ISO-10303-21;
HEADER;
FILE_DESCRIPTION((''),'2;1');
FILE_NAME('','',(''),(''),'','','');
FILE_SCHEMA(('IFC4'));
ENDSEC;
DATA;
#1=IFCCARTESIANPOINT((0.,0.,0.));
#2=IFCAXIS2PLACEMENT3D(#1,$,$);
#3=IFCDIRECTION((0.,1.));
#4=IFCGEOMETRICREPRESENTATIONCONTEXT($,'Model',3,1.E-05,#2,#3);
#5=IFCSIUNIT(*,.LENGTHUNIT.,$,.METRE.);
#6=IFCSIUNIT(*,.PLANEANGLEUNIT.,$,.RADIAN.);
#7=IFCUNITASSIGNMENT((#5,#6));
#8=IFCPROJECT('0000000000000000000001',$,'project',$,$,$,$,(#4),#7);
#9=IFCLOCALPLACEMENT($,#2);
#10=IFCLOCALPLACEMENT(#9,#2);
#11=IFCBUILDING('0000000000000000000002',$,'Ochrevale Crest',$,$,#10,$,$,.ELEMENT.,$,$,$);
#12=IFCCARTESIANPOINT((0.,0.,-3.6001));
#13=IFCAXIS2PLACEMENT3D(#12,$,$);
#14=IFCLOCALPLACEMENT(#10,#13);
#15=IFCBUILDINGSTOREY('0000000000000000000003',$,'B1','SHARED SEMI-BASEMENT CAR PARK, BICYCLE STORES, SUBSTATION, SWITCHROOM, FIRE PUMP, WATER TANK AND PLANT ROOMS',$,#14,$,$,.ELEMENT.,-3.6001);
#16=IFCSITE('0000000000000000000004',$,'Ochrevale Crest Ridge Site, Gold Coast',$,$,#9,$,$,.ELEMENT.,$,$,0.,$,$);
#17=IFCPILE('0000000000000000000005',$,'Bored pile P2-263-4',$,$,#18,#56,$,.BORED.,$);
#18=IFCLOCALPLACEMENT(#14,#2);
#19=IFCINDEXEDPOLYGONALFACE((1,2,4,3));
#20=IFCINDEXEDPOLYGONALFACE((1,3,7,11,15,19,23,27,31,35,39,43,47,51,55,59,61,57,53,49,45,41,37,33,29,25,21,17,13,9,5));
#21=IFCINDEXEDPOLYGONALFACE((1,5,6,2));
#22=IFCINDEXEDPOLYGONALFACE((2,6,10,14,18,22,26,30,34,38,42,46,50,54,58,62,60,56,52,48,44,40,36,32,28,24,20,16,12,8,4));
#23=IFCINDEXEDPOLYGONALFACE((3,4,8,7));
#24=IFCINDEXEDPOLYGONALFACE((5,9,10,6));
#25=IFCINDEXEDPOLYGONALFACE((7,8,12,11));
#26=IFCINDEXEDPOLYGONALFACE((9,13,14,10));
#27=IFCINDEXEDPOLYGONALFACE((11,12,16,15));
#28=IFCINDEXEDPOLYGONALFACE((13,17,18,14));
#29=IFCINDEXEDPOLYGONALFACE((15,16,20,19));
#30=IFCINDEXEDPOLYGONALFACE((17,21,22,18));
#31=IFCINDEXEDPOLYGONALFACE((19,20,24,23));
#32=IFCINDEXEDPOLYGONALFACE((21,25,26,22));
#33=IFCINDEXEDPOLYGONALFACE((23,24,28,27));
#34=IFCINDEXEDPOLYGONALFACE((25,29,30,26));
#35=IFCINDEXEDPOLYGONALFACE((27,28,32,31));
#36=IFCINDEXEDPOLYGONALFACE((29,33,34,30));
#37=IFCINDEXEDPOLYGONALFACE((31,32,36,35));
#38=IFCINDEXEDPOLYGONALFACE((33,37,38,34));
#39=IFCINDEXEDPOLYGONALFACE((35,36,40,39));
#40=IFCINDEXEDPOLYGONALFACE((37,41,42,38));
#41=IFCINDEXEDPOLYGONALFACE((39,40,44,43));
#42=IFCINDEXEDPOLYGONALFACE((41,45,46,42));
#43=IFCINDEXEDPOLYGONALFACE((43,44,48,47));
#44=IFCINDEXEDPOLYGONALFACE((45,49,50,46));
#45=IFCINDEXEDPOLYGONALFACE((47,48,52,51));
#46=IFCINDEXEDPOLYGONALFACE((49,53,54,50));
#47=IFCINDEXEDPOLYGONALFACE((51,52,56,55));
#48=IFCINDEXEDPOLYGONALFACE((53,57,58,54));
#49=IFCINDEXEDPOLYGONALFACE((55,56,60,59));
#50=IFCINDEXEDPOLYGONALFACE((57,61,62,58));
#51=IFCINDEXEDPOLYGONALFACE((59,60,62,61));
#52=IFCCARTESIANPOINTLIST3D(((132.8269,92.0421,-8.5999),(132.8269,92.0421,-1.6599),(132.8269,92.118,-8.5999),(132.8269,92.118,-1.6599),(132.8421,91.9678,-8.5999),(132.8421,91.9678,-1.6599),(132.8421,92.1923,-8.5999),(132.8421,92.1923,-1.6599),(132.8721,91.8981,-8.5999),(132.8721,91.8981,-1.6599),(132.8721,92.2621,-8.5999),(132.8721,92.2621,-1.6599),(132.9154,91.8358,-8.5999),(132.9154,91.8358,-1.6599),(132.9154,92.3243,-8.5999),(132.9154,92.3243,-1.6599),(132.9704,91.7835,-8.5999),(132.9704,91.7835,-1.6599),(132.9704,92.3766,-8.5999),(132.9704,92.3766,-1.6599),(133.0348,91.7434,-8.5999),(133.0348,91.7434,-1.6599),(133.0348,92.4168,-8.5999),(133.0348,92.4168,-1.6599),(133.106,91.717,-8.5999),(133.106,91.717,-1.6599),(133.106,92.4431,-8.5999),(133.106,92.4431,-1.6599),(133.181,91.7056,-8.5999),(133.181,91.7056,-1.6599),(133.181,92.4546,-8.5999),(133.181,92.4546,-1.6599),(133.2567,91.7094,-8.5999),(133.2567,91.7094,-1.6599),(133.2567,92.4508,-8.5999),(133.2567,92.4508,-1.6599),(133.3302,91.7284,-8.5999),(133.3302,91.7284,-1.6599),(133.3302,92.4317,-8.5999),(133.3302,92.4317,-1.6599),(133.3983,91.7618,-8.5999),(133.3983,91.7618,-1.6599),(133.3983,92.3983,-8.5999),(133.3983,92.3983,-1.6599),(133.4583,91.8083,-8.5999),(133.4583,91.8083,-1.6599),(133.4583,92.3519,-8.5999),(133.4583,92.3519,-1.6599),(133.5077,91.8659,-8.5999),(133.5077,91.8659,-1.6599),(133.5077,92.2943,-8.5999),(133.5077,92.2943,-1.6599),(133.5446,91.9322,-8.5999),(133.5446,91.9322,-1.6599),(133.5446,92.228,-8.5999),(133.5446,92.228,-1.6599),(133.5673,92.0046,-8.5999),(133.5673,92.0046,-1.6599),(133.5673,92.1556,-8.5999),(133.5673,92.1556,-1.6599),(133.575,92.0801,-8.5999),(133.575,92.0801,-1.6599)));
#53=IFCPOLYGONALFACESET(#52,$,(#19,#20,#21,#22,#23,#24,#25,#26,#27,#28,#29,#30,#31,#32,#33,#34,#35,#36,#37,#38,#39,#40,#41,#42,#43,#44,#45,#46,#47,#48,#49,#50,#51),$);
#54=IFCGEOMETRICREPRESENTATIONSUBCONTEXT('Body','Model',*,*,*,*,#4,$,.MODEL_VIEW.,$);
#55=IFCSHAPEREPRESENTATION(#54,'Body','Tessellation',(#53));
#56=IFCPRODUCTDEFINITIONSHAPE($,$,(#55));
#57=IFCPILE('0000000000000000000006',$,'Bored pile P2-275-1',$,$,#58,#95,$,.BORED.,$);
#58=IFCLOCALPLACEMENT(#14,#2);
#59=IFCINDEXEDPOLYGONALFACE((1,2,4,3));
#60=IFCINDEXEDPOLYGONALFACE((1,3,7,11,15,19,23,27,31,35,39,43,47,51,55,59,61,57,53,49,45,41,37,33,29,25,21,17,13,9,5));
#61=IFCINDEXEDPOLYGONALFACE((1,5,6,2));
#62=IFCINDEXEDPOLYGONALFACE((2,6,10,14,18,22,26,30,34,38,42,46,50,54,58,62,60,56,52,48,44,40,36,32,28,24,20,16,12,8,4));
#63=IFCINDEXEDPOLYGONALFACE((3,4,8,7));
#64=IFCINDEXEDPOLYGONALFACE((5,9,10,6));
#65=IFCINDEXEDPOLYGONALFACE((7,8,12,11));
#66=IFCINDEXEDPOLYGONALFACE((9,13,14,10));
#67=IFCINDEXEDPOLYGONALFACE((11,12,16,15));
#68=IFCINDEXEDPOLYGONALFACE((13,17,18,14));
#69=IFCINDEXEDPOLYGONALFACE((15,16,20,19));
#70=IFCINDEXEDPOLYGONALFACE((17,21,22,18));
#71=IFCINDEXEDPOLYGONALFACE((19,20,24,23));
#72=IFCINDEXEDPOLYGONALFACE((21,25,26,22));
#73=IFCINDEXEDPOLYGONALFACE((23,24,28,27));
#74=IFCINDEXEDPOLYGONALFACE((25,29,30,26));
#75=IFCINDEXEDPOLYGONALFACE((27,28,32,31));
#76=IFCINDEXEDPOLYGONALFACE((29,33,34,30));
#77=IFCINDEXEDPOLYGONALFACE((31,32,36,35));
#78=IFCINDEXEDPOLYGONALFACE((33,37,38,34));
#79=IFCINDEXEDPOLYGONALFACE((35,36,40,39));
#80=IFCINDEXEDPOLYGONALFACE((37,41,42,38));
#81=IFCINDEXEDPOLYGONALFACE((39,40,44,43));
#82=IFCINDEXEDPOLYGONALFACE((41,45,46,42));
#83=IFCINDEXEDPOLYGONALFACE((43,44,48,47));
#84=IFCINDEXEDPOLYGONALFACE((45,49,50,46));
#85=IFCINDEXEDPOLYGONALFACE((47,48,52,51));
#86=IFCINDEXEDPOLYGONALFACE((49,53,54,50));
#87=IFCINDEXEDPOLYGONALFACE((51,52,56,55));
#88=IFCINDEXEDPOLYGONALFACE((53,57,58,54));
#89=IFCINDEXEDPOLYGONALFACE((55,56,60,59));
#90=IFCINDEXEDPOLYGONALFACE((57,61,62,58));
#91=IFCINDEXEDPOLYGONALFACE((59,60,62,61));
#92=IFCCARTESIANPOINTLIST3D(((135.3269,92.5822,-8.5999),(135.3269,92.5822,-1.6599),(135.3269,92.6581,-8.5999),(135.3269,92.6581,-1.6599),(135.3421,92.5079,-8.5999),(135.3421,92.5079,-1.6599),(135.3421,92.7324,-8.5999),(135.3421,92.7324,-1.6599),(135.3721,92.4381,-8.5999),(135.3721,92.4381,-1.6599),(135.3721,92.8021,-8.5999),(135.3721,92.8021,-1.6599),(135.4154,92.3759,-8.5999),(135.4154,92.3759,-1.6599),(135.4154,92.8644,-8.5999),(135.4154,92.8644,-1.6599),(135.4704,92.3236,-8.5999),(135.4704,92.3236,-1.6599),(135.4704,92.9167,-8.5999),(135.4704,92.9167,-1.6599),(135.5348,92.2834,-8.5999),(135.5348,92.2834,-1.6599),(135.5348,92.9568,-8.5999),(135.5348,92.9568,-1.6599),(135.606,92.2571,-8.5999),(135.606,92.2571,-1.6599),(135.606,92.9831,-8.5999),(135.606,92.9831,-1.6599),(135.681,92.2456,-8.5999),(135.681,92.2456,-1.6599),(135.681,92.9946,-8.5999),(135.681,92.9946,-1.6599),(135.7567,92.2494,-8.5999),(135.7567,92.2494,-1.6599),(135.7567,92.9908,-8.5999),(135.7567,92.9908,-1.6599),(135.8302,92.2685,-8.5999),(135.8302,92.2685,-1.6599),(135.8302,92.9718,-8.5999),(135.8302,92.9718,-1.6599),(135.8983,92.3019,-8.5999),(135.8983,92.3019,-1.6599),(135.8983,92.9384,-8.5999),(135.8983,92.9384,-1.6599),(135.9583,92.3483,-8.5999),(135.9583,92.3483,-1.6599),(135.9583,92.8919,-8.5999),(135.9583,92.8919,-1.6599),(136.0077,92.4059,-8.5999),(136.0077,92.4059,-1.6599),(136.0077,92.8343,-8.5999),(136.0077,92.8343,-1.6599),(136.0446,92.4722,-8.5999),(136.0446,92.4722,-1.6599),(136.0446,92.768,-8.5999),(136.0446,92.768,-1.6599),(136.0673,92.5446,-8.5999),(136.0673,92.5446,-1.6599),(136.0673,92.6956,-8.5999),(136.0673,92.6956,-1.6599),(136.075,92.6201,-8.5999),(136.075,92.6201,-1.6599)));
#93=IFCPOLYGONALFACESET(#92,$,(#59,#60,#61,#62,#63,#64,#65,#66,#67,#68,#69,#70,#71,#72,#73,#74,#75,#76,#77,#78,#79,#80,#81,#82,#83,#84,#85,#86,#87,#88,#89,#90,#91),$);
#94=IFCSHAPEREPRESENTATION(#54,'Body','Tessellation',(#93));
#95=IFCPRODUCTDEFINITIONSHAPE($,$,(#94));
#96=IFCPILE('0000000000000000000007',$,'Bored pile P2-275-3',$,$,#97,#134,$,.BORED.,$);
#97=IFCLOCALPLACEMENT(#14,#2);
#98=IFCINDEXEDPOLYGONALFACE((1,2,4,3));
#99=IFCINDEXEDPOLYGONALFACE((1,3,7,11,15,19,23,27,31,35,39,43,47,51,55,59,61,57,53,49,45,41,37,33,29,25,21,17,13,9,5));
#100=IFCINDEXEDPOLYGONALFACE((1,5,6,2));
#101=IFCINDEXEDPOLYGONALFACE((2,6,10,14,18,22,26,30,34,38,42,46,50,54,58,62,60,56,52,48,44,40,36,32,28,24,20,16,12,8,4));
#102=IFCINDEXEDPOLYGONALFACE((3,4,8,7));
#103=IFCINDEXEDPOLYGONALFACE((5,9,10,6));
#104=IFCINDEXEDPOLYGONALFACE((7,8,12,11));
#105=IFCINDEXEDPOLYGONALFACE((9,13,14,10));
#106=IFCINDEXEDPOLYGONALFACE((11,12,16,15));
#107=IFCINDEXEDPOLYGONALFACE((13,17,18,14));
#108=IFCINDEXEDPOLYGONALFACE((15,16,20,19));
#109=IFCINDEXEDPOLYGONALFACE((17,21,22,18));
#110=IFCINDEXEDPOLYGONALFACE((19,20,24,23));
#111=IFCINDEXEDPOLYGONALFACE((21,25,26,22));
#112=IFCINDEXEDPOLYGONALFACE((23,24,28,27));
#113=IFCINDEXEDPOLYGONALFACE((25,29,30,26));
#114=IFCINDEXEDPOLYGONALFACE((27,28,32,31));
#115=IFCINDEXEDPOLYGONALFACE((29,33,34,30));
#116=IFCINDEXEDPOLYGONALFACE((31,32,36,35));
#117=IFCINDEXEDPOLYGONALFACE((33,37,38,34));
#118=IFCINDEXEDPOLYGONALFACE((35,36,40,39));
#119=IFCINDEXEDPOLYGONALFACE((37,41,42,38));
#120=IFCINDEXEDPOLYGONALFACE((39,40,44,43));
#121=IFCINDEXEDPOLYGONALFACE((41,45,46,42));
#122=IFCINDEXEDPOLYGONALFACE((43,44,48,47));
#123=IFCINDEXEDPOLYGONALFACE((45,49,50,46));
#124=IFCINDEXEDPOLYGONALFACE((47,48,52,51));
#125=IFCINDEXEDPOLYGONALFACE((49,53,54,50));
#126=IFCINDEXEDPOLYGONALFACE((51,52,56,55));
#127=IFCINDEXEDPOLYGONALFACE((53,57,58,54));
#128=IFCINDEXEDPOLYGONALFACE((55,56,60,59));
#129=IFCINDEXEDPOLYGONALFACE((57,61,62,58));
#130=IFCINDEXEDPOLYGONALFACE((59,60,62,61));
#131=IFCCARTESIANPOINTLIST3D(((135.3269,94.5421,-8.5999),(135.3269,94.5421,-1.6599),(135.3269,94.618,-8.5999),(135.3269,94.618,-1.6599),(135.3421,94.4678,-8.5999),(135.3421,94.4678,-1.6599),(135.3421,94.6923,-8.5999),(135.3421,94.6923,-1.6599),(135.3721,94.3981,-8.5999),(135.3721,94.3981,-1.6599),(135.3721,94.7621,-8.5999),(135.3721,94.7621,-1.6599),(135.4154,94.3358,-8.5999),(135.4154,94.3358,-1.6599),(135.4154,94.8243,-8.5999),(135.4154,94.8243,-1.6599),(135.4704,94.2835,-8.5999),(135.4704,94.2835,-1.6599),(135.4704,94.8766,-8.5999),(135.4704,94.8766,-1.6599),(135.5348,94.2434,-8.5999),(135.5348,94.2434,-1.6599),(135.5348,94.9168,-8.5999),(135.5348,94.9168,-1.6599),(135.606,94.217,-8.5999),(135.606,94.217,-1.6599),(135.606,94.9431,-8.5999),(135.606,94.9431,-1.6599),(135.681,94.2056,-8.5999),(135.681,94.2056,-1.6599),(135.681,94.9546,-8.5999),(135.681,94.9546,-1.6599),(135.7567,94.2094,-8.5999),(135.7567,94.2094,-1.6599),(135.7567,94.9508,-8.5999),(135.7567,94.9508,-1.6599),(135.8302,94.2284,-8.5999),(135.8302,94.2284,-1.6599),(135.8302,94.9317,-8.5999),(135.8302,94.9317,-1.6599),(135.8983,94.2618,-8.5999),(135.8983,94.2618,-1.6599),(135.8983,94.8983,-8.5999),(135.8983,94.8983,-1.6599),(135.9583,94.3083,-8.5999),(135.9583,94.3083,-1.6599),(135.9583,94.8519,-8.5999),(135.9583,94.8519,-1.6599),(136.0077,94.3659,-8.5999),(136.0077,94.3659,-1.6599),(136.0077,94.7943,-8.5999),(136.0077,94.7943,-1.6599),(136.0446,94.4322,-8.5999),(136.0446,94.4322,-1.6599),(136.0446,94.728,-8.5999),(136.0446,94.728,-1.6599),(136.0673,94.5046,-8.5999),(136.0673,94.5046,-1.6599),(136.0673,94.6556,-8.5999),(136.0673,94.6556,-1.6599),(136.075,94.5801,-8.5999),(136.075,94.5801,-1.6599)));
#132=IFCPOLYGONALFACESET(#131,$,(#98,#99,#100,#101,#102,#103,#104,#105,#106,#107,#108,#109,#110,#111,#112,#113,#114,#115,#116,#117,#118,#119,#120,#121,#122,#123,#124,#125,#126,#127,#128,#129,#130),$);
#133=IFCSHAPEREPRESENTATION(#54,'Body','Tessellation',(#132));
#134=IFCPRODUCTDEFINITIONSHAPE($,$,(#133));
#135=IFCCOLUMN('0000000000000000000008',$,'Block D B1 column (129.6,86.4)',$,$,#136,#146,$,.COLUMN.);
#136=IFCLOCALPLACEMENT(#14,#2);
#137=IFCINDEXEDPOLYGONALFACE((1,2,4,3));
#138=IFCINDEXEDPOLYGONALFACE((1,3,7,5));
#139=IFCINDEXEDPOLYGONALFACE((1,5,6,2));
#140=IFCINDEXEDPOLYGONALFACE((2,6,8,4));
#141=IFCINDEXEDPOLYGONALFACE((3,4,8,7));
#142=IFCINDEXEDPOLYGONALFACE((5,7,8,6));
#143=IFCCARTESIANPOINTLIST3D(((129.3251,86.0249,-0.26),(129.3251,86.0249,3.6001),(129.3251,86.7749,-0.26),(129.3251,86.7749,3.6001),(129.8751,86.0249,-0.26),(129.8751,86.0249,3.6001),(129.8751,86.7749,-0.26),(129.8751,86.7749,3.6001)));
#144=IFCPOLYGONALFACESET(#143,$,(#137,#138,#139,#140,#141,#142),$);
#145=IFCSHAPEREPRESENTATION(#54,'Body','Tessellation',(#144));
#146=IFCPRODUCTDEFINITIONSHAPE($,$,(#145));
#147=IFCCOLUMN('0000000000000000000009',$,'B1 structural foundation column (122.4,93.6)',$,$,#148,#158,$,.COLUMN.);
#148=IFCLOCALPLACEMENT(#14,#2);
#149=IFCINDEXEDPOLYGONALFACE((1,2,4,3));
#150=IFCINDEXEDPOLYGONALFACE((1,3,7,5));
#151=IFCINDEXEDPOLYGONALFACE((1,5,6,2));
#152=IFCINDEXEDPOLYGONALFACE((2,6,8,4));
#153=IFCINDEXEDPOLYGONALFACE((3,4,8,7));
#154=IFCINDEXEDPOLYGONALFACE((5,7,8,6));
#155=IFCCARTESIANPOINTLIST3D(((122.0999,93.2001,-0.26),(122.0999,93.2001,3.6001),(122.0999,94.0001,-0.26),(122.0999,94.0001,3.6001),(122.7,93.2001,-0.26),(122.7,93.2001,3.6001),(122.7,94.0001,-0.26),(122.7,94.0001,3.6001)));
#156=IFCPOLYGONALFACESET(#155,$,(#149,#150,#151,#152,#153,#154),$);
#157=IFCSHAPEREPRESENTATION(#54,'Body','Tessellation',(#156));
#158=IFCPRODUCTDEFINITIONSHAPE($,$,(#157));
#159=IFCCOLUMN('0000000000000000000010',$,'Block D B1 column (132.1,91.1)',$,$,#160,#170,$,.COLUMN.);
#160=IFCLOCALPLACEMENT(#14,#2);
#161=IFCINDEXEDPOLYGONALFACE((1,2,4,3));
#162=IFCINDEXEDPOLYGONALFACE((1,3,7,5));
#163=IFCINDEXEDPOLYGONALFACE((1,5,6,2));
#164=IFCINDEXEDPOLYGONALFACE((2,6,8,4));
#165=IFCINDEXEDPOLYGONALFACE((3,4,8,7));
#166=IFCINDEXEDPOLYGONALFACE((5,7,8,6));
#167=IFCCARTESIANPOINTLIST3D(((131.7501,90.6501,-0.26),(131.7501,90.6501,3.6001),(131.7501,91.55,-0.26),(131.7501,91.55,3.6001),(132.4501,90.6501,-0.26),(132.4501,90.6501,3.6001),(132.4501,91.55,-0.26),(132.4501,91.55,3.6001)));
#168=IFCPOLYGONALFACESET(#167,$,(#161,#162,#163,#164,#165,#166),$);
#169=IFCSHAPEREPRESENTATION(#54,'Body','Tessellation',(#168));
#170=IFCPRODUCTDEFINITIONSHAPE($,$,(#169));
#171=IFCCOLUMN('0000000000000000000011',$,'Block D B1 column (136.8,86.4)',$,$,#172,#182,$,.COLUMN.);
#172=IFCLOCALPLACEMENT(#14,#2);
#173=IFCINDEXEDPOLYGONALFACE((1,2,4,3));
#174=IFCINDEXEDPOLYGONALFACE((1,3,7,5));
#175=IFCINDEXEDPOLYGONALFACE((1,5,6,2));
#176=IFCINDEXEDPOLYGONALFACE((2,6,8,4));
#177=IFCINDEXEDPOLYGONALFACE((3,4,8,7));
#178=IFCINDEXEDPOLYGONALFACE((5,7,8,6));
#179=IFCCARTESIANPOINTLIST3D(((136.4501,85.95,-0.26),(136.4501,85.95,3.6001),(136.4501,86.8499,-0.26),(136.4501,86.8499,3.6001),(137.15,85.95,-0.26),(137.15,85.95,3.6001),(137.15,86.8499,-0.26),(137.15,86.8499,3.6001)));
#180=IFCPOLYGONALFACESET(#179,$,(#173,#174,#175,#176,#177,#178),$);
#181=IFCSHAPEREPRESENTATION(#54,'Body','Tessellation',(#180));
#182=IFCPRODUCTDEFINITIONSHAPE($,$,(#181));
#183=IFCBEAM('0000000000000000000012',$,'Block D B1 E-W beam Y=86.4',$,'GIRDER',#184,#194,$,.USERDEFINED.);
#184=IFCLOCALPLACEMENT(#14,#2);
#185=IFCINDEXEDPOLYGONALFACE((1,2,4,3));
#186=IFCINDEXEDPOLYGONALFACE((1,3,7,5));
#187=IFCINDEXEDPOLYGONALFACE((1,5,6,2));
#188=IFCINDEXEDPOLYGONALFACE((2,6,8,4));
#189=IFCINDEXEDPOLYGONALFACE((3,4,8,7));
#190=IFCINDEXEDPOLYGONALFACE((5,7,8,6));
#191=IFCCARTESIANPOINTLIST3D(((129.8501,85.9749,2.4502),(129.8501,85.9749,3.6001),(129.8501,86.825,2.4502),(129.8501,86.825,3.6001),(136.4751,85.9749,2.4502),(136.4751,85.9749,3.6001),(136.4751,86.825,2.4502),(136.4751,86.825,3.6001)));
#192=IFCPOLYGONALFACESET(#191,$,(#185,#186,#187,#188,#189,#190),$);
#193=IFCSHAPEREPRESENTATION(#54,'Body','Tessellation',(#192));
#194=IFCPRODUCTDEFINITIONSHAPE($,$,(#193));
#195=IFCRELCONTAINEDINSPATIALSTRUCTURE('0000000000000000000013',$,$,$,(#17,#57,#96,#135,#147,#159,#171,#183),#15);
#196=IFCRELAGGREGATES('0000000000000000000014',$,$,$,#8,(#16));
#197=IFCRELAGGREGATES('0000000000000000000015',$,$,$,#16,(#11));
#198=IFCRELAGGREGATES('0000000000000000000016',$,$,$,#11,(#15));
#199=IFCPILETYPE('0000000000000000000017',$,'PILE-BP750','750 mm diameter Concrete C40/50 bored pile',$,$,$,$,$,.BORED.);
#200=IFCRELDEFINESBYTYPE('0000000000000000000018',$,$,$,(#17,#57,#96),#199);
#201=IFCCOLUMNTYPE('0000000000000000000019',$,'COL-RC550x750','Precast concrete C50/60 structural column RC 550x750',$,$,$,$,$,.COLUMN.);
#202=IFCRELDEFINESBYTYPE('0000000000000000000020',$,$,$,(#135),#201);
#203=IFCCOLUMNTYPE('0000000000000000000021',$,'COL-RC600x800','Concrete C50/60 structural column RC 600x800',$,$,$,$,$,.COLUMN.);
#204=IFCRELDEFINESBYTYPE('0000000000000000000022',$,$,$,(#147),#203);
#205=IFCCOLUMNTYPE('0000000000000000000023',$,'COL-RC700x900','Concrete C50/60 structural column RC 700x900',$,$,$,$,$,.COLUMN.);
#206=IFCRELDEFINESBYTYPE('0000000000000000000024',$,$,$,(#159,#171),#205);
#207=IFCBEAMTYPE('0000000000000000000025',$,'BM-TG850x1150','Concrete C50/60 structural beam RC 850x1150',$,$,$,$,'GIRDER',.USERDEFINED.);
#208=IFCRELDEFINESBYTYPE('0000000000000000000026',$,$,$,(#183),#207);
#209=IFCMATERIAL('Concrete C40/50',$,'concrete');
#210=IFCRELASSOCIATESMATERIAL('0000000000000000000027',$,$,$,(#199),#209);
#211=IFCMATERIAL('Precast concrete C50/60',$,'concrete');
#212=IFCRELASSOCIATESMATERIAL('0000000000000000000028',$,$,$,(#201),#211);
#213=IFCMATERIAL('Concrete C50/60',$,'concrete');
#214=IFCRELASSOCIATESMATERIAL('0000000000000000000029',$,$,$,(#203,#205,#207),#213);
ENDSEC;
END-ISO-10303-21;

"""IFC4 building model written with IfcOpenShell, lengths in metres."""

from ifc_helpers import new_model, si_unit, direction, frame, origin, origin_2d, place, context, subcontext, project, spatial, rectangle, circle, extrude, material, material_profile, profile_set, type_object, element, save


model = new_model("IFC4")

# Units and contexts
model_context = context("Model", 3, precision=1e-05, world=origin(), true_north=direction((0.0, 1.0)))
body_context = subcontext(model_context, "Body", "Model", "MODEL_VIEW")
ifc_project = project(units=[si_unit("LENGTHUNIT", "METRE"), si_unit("PLANEANGLEUNIT", "RADIAN")], contexts=[model_context])

# Site, building, storey
site_placement = place(None, origin())
site = spatial("IfcSite", under=ifc_project, at=site_placement, Name="Ochrevale Crest Ridge Site, Gold Coast", CompositionType="ELEMENT", RefElevation=0.0)
building_placement = place(site_placement, origin())
building = spatial("IfcBuilding", under=site, at=building_placement, Name="Ochrevale Crest", CompositionType="ELEMENT")
storey_placement = place(building_placement, frame((0.0, 0.0, -3.6001)))
storey = spatial("IfcBuildingStorey", under=building, at=storey_placement, Name="B1", Description="SHARED SEMI-BASEMENT CAR PARK, BICYCLE STORES, SUBSTATION, SWITCHROOM, FIRE PUMP, WATER TANK AND PLANT ROOMS", CompositionType="ELEMENT", Elevation=-3.6001)

# Shared definitions
ifc_material_1 = material(Name="Concrete C40/50", Category="concrete")

# Piles
ifc_material_profile_1 = material_profile(ifc_material_1, circle(Radius=0.375, at=origin_2d()), Name="BORED PILE 750")
ifc_profile_set_1 = profile_set([ifc_material_profile_1], Name="Concrete C40/50")
pile_type_1 = type_object("IfcPileType", Name="PILE-BP750", Description="750 mm diameter Concrete C40/50 bored pile", PredefinedType="BORED", material=ifc_profile_set_1)
for number, where, z_axis, x_axis, name in (
    (1, (133.2, 92.0801, -1.6599), (0.0, 0.0, -1.0), (1.0, 0.0, 0.0), "Bored pile P2-263-4"),
    (2, (135.7, 92.6201, -1.6599), (0.0, 0.0, -1.0), (1.0, 0.0, 0.0), "Bored pile P2-275-1"),
    (3, (135.7, 94.5801, -1.6599), (0.0, 0.0, -1.0), (1.0, 0.0, 0.0), "Bored pile P2-275-3"),
):
    element("IfcPile", number, at=place(storey_placement, frame(where, z_axis=z_axis, x_axis=x_axis)), inside=storey, type_object=pile_type_1, Name=name, PredefinedType="BORED", context=body_context, shape_type="SweptSolid", body=[
        extrude(circle(Radius=0.375, at=origin_2d()), origin(), (0.0, 0.0, 1.0), 6.9399),
    ])

# Columns
ifc_material_2 = material(Name="Precast concrete C50/60", Category="concrete")
ifc_material_profile_2 = material_profile(ifc_material_2, rectangle(XDim=0.55, YDim=0.75, at=origin_2d()), Name="RC 550x750")
ifc_profile_set_2 = profile_set([ifc_material_profile_2], Name="Precast concrete C50/60")
column_type_1 = type_object("IfcColumnType", Name="COL-RC550x750", Description="Precast concrete C50/60 structural column RC 550x750", PredefinedType="COLUMN", material=ifc_profile_set_2)
column_1_placement = place(storey_placement, frame((129.6001, 86.3999, -0.26), z_axis=(0.0, 0.0, 1.0), x_axis=(1.0, 0.0, 0.0)))
element("IfcColumn", 4, at=column_1_placement, inside=storey, type_object=column_type_1, Name="Block D B1 column (129.6,86.4)", PredefinedType="COLUMN", context=body_context, shape_type="SweptSolid", body=[
    extrude(rectangle(XDim=0.55, YDim=0.75, at=origin_2d()), origin(), (0.0, 0.0, 1.0), 3.8601),
])
ifc_material_3 = material(Name="Concrete C50/60", Category="concrete")
ifc_material_profile_3 = material_profile(ifc_material_3, rectangle(XDim=0.6001, YDim=0.8, at=origin_2d()), Name="RC 600x800")
ifc_profile_set_3 = profile_set([ifc_material_profile_3], Name="Concrete C50/60")
column_type_2 = type_object("IfcColumnType", Name="COL-RC600x800", Description="Concrete C50/60 structural column RC 600x800", PredefinedType="COLUMN", material=ifc_profile_set_3)
column_2_placement = place(storey_placement, frame((122.3999, 93.6001, -0.26), z_axis=(0.0, 0.0, 1.0), x_axis=(1.0, 0.0, 0.0)))
element("IfcColumn", 5, at=column_2_placement, inside=storey, type_object=column_type_2, Name="B1 structural foundation column (122.4,93.6)", PredefinedType="COLUMN", context=body_context, shape_type="SweptSolid", body=[
    extrude(rectangle(XDim=0.6001, YDim=0.8, at=origin_2d()), origin(), (0.0, 0.0, 1.0), 3.8601),
])
ifc_material_profile_4 = material_profile(ifc_material_3, rectangle(XDim=0.7, YDim=0.8999, at=origin_2d()), Name="RC 700x900")
ifc_profile_set_4 = profile_set([ifc_material_profile_4], Name="Concrete C50/60")
column_type_3 = type_object("IfcColumnType", Name="COL-RC700x900", Description="Concrete C50/60 structural column RC 700x900", PredefinedType="COLUMN", material=ifc_profile_set_4)
for number, where, z_axis, x_axis, name in (
    (6, (132.1001, 91.1001, -0.26), (0.0, 0.0, 1.0), (1.0, 0.0, 0.0), "Block D B1 column (132.1,91.1)"),
    (7, (136.8, 86.3999, -0.26), (0.0, 0.0, 1.0), (1.0, 0.0, 0.0), "Block D B1 column (136.8,86.4)"),
):
    element("IfcColumn", number, at=place(storey_placement, frame(where, z_axis=z_axis, x_axis=x_axis)), inside=storey, type_object=column_type_3, Name=name, PredefinedType="COLUMN", context=body_context, shape_type="SweptSolid", body=[
        extrude(rectangle(XDim=0.7, YDim=0.8999, at=origin_2d()), origin(), (0.0, 0.0, 1.0), 3.8601),
    ])

# Beam
ifc_material_profile_5 = material_profile(ifc_material_3, rectangle(XDim=0.8501, YDim=1.1499, at=origin_2d()), Name="RC 850x1150")
ifc_profile_set_5 = profile_set([ifc_material_profile_5], Name="Concrete C50/60")
beam_type = type_object("IfcBeamType", Name="BM-TG850x1150", Description="Concrete C50/60 structural beam RC 850x1150", ElementType="GIRDER", PredefinedType="USERDEFINED", material=ifc_profile_set_5)
beam_placement = place(storey_placement, frame((129.8501, 86.3999, 3.0251), z_axis=(1.0, 0.0, 0.0), x_axis=(0.0, 1.0, 0.0)))
element("IfcBeam", 8, at=beam_placement, inside=storey, type_object=beam_type, Name="Block D B1 E-W beam Y=86.4", ObjectType="GIRDER", PredefinedType="USERDEFINED", context=body_context, shape_type="SweptSolid", body=[
    extrude(rectangle(XDim=0.8501, YDim=1.1499, at=origin_2d()), origin(), (0.0, 0.0, 1.0), 6.625),
])

save(model, "model.ifc")
